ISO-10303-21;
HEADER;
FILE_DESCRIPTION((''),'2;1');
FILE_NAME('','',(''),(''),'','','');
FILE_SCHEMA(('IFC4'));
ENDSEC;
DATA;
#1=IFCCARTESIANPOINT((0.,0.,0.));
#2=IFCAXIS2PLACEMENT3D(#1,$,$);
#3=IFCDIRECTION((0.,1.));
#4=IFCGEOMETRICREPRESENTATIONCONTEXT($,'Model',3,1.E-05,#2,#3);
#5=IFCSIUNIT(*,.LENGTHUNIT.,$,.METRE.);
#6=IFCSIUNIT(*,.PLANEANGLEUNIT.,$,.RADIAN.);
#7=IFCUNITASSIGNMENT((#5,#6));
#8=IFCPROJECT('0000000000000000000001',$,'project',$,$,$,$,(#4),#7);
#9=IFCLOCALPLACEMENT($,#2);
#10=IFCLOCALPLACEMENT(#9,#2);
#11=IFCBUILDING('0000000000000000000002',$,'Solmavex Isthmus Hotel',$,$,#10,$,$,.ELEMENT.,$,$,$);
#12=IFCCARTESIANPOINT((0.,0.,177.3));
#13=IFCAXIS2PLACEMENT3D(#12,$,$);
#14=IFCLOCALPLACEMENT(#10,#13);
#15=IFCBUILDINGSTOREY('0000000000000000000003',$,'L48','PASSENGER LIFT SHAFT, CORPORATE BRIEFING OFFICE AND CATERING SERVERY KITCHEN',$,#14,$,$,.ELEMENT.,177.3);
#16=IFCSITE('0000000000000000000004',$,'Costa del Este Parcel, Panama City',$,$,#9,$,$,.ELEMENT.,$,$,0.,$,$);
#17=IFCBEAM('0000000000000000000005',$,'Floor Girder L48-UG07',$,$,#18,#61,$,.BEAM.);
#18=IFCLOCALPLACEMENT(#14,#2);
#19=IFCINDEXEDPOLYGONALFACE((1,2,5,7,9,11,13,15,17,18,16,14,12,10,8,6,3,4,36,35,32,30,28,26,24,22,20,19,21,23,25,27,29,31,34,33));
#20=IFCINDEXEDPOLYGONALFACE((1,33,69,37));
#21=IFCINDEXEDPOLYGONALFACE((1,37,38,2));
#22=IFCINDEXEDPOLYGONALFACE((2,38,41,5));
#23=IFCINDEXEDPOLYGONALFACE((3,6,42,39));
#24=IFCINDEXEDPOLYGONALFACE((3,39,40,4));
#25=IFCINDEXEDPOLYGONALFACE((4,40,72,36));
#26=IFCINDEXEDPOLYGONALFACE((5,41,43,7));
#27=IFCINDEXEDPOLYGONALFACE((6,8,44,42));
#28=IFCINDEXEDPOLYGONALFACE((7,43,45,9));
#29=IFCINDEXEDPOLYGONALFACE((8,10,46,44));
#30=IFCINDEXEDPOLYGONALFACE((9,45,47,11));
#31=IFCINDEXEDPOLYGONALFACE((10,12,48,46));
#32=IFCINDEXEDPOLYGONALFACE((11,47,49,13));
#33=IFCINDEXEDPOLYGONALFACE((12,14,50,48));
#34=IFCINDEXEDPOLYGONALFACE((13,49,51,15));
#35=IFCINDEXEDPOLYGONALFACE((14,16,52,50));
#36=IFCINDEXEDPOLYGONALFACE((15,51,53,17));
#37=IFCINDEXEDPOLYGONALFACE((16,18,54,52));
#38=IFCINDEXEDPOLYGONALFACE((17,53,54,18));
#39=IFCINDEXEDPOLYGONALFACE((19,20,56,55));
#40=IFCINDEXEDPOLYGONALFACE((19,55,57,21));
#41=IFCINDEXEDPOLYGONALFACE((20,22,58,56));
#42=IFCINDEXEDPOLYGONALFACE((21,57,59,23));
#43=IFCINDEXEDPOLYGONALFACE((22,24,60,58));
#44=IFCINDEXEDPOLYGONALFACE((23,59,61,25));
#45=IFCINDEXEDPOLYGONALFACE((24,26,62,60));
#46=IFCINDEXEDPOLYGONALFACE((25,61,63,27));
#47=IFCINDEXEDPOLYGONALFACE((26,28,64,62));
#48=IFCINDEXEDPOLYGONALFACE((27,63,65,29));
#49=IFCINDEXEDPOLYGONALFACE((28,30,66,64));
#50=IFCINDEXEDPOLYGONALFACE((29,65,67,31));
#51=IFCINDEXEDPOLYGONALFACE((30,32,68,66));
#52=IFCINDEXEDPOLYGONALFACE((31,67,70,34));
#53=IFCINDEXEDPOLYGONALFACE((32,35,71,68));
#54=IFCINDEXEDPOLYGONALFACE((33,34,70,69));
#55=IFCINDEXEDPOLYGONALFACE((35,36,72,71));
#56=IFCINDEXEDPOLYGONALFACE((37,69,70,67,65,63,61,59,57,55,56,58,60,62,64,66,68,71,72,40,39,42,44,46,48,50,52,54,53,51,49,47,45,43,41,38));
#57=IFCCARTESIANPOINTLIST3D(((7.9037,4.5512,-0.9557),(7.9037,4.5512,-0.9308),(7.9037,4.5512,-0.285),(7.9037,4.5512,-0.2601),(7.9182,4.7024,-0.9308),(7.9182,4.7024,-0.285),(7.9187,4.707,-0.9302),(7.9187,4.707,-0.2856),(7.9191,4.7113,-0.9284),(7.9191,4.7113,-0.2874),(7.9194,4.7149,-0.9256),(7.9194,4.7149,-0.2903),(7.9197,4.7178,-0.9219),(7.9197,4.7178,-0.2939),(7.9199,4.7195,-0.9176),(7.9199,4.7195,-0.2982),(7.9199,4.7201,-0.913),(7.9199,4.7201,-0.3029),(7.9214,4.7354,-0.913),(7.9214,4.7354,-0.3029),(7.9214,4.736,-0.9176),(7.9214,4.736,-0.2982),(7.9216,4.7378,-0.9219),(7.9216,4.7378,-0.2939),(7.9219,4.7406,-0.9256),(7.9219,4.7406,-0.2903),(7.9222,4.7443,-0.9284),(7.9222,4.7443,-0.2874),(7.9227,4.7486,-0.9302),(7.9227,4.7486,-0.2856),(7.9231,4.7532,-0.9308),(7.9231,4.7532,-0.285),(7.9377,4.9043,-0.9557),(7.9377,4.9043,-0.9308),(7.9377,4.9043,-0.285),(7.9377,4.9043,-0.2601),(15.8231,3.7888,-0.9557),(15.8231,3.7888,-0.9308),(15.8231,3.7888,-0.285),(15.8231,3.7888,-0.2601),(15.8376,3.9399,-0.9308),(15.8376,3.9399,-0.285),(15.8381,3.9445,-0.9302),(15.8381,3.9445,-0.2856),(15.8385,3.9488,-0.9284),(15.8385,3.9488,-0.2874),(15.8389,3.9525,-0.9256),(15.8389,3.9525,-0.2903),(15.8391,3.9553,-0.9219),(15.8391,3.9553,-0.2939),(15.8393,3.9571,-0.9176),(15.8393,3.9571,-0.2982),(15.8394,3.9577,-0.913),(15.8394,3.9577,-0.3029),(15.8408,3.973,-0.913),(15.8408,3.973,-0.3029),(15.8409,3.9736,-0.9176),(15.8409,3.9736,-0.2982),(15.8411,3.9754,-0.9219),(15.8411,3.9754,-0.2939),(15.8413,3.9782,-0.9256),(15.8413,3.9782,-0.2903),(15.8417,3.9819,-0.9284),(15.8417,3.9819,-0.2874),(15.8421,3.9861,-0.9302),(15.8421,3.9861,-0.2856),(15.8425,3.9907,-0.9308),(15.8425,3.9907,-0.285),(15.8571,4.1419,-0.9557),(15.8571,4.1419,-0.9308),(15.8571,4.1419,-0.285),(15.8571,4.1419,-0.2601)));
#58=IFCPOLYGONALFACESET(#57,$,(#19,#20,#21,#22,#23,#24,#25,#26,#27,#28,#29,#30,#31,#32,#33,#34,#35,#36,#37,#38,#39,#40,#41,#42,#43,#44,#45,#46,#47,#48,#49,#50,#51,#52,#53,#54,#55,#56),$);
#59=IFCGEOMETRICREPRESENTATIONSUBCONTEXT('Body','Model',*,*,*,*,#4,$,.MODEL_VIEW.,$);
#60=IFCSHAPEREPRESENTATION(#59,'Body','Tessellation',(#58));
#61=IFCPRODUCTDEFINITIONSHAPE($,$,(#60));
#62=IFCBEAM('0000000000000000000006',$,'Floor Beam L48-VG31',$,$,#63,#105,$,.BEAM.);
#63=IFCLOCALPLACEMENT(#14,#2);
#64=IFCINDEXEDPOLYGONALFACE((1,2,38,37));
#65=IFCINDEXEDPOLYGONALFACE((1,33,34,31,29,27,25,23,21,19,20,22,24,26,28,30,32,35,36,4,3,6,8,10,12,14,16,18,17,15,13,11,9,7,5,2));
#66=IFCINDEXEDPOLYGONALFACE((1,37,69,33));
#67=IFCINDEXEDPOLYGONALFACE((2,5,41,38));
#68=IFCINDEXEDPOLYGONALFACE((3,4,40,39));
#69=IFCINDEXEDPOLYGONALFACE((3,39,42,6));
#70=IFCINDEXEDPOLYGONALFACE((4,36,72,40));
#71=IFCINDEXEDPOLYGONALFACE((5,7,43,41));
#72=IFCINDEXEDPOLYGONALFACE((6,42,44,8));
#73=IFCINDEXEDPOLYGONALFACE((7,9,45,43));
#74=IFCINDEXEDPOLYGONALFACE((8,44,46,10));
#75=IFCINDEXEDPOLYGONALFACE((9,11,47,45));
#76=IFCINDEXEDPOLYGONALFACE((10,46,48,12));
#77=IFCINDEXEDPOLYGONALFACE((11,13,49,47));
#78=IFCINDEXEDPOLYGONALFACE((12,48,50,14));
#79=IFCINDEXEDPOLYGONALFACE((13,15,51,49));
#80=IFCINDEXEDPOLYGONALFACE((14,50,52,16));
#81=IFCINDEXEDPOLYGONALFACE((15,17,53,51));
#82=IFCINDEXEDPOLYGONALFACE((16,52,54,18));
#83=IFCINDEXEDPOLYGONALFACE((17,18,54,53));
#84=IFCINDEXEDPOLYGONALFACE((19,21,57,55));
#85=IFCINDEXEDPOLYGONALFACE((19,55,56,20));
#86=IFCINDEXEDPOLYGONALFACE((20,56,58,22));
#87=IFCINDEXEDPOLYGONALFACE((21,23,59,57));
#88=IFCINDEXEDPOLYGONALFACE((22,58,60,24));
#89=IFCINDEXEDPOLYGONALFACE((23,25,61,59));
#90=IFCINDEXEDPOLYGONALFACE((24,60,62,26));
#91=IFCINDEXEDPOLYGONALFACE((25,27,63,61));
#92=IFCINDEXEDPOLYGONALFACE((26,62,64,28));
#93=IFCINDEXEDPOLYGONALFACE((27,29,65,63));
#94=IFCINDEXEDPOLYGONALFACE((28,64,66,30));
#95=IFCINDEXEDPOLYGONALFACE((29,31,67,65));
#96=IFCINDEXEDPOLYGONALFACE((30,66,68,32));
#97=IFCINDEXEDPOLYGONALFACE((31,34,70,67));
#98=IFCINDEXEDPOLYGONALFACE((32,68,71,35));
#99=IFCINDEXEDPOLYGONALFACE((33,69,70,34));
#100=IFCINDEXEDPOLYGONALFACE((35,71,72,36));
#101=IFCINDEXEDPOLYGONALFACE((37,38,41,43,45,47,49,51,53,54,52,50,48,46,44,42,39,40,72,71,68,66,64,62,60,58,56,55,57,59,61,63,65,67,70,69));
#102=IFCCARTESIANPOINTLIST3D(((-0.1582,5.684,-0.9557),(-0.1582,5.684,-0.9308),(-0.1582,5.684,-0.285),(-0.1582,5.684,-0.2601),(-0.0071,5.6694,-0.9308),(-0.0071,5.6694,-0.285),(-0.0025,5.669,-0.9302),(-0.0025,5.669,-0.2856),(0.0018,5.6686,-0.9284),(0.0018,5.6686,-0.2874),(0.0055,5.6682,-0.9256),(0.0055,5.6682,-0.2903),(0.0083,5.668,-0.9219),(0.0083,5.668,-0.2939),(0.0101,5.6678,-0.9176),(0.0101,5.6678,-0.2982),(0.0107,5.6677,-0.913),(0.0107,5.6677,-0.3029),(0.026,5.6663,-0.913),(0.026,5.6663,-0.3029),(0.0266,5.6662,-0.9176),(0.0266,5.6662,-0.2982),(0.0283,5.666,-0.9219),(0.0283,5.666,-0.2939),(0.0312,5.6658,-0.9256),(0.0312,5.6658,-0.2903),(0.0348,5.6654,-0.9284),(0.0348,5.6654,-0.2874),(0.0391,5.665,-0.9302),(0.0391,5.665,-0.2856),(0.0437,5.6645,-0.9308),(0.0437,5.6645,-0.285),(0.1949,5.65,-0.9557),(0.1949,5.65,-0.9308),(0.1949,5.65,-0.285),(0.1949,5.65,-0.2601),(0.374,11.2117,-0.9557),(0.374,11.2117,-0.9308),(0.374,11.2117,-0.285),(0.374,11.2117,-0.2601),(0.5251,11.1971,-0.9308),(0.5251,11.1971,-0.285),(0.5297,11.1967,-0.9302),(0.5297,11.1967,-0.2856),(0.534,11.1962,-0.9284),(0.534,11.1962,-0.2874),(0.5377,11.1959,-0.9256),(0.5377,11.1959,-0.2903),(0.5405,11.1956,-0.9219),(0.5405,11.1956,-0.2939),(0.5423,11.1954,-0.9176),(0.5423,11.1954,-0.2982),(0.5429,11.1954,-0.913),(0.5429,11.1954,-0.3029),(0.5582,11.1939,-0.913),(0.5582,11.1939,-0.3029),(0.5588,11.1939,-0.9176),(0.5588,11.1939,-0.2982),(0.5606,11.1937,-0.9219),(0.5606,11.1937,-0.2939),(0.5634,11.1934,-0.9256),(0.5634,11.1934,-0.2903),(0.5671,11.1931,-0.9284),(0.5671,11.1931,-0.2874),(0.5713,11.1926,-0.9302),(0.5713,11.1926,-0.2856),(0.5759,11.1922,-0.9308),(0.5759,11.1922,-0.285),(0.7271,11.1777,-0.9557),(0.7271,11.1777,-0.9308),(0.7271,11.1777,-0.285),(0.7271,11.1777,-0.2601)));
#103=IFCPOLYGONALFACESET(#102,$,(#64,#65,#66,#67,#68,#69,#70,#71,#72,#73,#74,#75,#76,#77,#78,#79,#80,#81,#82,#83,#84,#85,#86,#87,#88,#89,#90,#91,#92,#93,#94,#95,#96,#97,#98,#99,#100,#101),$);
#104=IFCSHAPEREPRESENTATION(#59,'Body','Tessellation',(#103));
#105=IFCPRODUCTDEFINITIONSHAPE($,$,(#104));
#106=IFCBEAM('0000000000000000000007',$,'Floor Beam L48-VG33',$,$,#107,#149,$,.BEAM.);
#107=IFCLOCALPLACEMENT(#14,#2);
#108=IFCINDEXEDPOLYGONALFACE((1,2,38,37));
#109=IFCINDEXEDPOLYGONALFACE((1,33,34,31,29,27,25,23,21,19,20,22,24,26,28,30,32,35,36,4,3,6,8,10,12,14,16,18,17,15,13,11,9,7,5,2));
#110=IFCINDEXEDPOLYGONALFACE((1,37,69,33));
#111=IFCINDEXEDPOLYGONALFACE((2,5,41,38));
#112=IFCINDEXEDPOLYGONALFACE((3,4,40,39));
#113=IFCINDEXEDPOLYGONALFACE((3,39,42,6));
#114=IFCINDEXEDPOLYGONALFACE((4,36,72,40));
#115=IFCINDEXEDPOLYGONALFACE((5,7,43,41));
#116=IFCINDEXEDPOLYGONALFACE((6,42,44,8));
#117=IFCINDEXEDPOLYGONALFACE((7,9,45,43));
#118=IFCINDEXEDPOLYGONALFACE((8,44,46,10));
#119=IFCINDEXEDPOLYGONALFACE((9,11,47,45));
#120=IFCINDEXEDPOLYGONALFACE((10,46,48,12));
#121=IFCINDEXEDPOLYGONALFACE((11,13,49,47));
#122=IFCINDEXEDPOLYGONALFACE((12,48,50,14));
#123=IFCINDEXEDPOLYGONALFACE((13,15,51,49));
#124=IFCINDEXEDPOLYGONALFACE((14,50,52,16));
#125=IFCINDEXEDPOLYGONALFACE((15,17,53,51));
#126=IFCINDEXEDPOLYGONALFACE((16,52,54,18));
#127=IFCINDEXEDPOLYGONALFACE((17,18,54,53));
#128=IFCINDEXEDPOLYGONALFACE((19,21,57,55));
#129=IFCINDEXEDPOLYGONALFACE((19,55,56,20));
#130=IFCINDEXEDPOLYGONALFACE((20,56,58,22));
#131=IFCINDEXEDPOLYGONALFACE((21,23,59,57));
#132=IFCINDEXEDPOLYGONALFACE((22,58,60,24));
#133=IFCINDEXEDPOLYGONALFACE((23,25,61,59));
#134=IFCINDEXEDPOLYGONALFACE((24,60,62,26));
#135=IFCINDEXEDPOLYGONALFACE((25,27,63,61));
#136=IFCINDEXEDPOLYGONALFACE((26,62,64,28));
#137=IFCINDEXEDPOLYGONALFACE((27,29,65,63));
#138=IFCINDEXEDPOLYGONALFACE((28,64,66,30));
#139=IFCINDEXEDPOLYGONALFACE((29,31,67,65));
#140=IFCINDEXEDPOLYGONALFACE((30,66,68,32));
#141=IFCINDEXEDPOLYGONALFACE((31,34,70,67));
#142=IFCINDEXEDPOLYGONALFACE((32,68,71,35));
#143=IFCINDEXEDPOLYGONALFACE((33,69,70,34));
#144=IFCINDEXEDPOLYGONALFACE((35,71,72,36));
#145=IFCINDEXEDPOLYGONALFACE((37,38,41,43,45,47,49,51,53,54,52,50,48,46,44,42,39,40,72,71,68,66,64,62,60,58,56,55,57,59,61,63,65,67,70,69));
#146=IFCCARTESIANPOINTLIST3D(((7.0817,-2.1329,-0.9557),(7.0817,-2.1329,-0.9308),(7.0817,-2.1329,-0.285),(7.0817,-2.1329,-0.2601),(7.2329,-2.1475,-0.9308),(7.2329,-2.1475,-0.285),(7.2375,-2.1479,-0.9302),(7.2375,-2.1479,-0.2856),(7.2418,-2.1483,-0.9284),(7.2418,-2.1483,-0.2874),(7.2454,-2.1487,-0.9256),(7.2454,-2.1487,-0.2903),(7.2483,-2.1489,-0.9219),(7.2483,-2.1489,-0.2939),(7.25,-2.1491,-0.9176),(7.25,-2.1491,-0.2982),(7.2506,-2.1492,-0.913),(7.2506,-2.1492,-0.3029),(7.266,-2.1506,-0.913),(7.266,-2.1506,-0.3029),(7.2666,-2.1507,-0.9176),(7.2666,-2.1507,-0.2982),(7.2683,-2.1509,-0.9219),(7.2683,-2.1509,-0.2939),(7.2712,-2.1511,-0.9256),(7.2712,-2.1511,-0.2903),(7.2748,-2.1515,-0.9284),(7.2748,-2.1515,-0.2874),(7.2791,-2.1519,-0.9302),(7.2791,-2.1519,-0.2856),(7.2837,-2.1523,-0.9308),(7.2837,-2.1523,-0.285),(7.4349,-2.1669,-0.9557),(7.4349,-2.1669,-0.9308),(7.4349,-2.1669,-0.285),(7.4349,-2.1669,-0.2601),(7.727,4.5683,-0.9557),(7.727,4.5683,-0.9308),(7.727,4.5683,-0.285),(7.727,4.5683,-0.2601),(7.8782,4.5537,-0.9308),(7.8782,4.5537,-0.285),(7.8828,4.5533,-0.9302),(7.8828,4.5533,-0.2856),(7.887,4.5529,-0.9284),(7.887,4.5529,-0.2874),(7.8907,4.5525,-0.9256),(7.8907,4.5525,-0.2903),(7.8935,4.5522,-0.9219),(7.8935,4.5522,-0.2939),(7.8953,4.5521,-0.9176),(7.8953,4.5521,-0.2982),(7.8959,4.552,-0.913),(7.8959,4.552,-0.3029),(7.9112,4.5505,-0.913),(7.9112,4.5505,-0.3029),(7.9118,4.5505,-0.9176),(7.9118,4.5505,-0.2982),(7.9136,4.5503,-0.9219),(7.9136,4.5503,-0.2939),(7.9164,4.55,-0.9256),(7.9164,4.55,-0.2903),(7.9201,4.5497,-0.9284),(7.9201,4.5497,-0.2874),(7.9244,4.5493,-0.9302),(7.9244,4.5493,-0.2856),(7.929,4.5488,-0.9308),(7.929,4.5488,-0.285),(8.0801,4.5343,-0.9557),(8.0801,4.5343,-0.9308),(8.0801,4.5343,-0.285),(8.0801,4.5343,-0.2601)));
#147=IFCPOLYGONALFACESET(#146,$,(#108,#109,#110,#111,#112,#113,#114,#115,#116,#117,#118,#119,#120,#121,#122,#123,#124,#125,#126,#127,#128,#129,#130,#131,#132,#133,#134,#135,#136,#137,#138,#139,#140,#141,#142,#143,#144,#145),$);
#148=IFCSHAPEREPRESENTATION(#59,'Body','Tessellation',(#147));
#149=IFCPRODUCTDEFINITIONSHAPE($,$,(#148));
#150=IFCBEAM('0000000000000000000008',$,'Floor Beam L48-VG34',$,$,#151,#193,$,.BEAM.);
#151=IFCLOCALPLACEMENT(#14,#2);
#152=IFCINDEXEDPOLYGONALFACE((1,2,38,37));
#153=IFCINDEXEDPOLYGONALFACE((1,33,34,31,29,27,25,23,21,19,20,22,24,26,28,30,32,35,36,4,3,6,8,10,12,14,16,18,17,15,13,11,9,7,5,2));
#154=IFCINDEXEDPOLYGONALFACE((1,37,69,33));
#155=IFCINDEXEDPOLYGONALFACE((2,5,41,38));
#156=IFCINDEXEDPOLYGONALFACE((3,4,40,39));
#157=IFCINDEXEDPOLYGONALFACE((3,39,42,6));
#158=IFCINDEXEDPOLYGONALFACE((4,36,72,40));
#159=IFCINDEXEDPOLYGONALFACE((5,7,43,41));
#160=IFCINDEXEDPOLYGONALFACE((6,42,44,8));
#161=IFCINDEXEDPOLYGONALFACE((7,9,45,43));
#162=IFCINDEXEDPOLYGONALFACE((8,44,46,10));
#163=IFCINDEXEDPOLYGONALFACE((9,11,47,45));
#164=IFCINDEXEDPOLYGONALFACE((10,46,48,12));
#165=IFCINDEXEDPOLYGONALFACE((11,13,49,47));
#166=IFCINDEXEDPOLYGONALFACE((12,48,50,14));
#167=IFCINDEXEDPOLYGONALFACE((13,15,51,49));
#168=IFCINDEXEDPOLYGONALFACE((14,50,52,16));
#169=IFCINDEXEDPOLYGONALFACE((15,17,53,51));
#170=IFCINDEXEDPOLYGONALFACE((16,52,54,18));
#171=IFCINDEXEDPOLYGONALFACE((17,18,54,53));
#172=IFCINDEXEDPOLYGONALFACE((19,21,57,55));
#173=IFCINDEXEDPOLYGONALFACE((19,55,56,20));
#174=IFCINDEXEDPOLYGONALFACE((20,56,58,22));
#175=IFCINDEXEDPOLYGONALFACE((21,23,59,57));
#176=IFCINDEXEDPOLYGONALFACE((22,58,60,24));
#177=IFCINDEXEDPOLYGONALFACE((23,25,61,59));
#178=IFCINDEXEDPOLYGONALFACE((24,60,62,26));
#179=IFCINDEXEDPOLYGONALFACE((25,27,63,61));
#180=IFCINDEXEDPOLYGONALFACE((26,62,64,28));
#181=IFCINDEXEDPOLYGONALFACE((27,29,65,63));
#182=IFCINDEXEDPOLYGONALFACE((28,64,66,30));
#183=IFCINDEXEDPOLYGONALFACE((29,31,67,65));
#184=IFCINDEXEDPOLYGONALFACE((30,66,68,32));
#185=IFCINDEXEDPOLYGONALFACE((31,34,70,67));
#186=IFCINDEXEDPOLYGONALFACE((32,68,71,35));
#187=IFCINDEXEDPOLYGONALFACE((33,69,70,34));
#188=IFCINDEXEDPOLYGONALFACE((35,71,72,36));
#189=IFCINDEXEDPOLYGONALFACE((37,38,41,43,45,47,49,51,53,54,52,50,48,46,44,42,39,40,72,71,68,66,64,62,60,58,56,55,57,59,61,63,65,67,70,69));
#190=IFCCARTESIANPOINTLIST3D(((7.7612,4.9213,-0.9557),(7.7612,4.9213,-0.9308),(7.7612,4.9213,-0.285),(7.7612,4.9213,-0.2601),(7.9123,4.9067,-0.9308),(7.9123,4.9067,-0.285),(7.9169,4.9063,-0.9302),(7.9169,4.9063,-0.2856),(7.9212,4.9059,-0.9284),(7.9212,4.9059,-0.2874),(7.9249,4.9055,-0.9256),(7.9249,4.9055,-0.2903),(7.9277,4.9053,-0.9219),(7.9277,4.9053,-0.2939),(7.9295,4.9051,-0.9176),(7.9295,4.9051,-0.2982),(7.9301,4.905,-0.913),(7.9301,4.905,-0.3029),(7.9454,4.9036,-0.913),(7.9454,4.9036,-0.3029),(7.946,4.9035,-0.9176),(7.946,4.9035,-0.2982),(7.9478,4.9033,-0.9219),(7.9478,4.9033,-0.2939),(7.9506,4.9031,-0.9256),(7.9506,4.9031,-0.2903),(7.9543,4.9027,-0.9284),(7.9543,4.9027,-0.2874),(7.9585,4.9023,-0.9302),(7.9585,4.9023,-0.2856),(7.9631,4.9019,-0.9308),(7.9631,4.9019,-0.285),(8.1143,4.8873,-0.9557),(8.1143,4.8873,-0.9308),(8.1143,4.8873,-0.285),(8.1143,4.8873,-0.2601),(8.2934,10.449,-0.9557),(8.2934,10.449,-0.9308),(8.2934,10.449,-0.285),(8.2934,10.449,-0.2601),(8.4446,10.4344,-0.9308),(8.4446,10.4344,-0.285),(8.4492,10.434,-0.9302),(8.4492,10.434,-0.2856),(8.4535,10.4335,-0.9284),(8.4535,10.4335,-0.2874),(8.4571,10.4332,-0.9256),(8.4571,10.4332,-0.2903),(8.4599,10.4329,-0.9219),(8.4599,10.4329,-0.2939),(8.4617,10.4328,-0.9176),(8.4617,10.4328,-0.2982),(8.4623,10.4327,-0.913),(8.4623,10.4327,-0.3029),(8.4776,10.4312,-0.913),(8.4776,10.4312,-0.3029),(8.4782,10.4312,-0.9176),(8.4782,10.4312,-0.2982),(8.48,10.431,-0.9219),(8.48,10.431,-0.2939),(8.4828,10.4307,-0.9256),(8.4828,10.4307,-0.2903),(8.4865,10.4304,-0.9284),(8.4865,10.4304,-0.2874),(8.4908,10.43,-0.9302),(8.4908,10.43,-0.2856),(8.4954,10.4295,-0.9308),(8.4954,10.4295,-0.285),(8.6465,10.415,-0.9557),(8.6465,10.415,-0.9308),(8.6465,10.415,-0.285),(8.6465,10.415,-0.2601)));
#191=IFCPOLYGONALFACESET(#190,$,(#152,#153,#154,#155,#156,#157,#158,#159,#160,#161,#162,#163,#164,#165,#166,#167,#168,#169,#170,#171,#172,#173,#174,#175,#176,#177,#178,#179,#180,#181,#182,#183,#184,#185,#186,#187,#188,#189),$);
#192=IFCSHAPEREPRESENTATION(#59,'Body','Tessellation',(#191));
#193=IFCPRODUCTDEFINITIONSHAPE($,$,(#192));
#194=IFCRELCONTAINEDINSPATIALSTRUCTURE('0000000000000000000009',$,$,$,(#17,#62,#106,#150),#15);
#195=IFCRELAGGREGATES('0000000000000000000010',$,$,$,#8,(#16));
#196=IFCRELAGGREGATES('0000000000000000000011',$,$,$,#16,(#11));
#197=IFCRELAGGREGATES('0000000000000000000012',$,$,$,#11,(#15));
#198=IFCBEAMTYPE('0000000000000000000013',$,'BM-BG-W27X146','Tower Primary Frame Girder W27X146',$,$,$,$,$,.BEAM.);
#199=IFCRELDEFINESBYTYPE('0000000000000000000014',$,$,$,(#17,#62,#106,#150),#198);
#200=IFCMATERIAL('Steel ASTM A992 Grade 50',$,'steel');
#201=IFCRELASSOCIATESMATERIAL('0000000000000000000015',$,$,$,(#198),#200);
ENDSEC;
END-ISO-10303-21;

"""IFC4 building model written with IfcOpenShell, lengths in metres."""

from ifc_helpers import new_model, si_unit, direction, frame, origin, origin_2d, place, context, subcontext, project, spatial, i_section, extrude, material, material_profile, profile_set, type_object, element, save


model = new_model("IFC4")

# Units and contexts
model_context = context("Model", 3, precision=1e-05, world=origin(), true_north=direction((0.0, 1.0)))
body_context = subcontext(model_context, "Body", "Model", "MODEL_VIEW")
ifc_project = project(units=[si_unit("LENGTHUNIT", "METRE"), si_unit("PLANEANGLEUNIT", "RADIAN")], contexts=[model_context])

# Site, building, storey
site_placement = place(None, origin())
site = spatial("IfcSite", under=ifc_project, at=site_placement, Name="Costa del Este Parcel, Panama City", CompositionType="ELEMENT", RefElevation=0.0)
building_placement = place(site_placement, origin())
building = spatial("IfcBuilding", under=site, at=building_placement, Name="Solmavex Isthmus Hotel", CompositionType="ELEMENT")
storey_placement = place(building_placement, frame((0.0, 0.0, 177.3)))
storey = spatial("IfcBuildingStorey", under=building, at=storey_placement, Name="L48", Description="PASSENGER LIFT SHAFT, CORPORATE BRIEFING OFFICE AND CATERING SERVERY KITCHEN", CompositionType="ELEMENT", Elevation=177.3)

# Beams
ifc_material_1 = material(Name="Steel ASTM A992 Grade 50", Category="steel")
ifc_material_profile_1 = material_profile(ifc_material_1, i_section(OverallWidth=0.3547, OverallDepth=0.6956, WebThickness=0.0154, FlangeThickness=0.0249, FilletRadius=0.0178, at=origin_2d()), Name="W27X146")
ifc_profile_set_1 = profile_set([ifc_material_profile_1], Name="Steel ASTM A992 Grade 50")
beam_type_1 = type_object("IfcBeamType", Name="BM-BG-W27X146", Description="Tower Primary Frame Girder W27X146", PredefinedType="BEAM", material=ifc_profile_set_1)
for number, where, z_axis, x_axis, name in (
    (1, (7.9207, 4.7278, -0.6079), (0.995397, -0.095833, 0.0), (0.095833, 0.995397, 0.0), "Floor Girder L48-UG07"),
):
    element("IfcBeam", number, at=place(storey_placement, frame(where, z_axis=z_axis, x_axis=x_axis)), inside=storey, type_object=beam_type_1, Name=name, PredefinedType="BEAM", context=body_context, shape_type="SweptSolid", body=[
        extrude(i_section(OverallWidth=0.3547, OverallDepth=0.6956, WebThickness=0.0154, FlangeThickness=0.0249, FilletRadius=0.0178, at=origin_2d()), origin(), (0.0, 0.0, 1.0), 7.9561),
    ])
beam_1_placement = place(storey_placement, frame((0.0183, 5.667, -0.6079), z_axis=(0.095842, 0.995397, 0.0), x_axis=(-0.995397, 0.095842, 0.0)))
element("IfcBeam", 2, at=beam_1_placement, inside=storey, type_object=beam_type_1, Name="Floor Beam L48-VG31", PredefinedType="BEAM", context=body_context, shape_type="SweptSolid", body=[
    extrude(i_section(OverallWidth=0.3547, OverallDepth=0.6956, WebThickness=0.0154, FlangeThickness=0.0249, FilletRadius=0.0178, at=origin_2d()), origin(), (0.0, 0.0, 1.0), 5.5532),
])
beam_2_placement = place(storey_placement, frame((7.2583, -2.1499, -0.6079), z_axis=(0.095848, 0.995396, 0.0), x_axis=(-0.995396, 0.095848, 0.0)))
element("IfcBeam", 3, at=beam_2_placement, inside=storey, type_object=beam_type_1, Name="Floor Beam L48-VG33", PredefinedType="BEAM", context=body_context, shape_type="SweptSolid", body=[
    extrude(i_section(OverallWidth=0.3547, OverallDepth=0.6956, WebThickness=0.0154, FlangeThickness=0.0249, FilletRadius=0.0178, at=origin_2d()), origin(), (0.0, 0.0, 1.0), 6.7322),
])
beam_3_placement = place(storey_placement, frame((7.9377, 4.9043, -0.6079), z_axis=(0.095842, 0.995397, 0.0), x_axis=(-0.995397, 0.095842, 0.0)))
element("IfcBeam", 4, at=beam_3_placement, inside=storey, type_object=beam_type_1, Name="Floor Beam L48-VG34", PredefinedType="BEAM", context=body_context, shape_type="SweptSolid", body=[
    extrude(i_section(OverallWidth=0.3547, OverallDepth=0.6956, WebThickness=0.0154, FlangeThickness=0.0249, FilletRadius=0.0178, at=origin_2d()), origin(), (0.0, 0.0, 1.0), 5.5532),
])

save(model, "model.ifc")
